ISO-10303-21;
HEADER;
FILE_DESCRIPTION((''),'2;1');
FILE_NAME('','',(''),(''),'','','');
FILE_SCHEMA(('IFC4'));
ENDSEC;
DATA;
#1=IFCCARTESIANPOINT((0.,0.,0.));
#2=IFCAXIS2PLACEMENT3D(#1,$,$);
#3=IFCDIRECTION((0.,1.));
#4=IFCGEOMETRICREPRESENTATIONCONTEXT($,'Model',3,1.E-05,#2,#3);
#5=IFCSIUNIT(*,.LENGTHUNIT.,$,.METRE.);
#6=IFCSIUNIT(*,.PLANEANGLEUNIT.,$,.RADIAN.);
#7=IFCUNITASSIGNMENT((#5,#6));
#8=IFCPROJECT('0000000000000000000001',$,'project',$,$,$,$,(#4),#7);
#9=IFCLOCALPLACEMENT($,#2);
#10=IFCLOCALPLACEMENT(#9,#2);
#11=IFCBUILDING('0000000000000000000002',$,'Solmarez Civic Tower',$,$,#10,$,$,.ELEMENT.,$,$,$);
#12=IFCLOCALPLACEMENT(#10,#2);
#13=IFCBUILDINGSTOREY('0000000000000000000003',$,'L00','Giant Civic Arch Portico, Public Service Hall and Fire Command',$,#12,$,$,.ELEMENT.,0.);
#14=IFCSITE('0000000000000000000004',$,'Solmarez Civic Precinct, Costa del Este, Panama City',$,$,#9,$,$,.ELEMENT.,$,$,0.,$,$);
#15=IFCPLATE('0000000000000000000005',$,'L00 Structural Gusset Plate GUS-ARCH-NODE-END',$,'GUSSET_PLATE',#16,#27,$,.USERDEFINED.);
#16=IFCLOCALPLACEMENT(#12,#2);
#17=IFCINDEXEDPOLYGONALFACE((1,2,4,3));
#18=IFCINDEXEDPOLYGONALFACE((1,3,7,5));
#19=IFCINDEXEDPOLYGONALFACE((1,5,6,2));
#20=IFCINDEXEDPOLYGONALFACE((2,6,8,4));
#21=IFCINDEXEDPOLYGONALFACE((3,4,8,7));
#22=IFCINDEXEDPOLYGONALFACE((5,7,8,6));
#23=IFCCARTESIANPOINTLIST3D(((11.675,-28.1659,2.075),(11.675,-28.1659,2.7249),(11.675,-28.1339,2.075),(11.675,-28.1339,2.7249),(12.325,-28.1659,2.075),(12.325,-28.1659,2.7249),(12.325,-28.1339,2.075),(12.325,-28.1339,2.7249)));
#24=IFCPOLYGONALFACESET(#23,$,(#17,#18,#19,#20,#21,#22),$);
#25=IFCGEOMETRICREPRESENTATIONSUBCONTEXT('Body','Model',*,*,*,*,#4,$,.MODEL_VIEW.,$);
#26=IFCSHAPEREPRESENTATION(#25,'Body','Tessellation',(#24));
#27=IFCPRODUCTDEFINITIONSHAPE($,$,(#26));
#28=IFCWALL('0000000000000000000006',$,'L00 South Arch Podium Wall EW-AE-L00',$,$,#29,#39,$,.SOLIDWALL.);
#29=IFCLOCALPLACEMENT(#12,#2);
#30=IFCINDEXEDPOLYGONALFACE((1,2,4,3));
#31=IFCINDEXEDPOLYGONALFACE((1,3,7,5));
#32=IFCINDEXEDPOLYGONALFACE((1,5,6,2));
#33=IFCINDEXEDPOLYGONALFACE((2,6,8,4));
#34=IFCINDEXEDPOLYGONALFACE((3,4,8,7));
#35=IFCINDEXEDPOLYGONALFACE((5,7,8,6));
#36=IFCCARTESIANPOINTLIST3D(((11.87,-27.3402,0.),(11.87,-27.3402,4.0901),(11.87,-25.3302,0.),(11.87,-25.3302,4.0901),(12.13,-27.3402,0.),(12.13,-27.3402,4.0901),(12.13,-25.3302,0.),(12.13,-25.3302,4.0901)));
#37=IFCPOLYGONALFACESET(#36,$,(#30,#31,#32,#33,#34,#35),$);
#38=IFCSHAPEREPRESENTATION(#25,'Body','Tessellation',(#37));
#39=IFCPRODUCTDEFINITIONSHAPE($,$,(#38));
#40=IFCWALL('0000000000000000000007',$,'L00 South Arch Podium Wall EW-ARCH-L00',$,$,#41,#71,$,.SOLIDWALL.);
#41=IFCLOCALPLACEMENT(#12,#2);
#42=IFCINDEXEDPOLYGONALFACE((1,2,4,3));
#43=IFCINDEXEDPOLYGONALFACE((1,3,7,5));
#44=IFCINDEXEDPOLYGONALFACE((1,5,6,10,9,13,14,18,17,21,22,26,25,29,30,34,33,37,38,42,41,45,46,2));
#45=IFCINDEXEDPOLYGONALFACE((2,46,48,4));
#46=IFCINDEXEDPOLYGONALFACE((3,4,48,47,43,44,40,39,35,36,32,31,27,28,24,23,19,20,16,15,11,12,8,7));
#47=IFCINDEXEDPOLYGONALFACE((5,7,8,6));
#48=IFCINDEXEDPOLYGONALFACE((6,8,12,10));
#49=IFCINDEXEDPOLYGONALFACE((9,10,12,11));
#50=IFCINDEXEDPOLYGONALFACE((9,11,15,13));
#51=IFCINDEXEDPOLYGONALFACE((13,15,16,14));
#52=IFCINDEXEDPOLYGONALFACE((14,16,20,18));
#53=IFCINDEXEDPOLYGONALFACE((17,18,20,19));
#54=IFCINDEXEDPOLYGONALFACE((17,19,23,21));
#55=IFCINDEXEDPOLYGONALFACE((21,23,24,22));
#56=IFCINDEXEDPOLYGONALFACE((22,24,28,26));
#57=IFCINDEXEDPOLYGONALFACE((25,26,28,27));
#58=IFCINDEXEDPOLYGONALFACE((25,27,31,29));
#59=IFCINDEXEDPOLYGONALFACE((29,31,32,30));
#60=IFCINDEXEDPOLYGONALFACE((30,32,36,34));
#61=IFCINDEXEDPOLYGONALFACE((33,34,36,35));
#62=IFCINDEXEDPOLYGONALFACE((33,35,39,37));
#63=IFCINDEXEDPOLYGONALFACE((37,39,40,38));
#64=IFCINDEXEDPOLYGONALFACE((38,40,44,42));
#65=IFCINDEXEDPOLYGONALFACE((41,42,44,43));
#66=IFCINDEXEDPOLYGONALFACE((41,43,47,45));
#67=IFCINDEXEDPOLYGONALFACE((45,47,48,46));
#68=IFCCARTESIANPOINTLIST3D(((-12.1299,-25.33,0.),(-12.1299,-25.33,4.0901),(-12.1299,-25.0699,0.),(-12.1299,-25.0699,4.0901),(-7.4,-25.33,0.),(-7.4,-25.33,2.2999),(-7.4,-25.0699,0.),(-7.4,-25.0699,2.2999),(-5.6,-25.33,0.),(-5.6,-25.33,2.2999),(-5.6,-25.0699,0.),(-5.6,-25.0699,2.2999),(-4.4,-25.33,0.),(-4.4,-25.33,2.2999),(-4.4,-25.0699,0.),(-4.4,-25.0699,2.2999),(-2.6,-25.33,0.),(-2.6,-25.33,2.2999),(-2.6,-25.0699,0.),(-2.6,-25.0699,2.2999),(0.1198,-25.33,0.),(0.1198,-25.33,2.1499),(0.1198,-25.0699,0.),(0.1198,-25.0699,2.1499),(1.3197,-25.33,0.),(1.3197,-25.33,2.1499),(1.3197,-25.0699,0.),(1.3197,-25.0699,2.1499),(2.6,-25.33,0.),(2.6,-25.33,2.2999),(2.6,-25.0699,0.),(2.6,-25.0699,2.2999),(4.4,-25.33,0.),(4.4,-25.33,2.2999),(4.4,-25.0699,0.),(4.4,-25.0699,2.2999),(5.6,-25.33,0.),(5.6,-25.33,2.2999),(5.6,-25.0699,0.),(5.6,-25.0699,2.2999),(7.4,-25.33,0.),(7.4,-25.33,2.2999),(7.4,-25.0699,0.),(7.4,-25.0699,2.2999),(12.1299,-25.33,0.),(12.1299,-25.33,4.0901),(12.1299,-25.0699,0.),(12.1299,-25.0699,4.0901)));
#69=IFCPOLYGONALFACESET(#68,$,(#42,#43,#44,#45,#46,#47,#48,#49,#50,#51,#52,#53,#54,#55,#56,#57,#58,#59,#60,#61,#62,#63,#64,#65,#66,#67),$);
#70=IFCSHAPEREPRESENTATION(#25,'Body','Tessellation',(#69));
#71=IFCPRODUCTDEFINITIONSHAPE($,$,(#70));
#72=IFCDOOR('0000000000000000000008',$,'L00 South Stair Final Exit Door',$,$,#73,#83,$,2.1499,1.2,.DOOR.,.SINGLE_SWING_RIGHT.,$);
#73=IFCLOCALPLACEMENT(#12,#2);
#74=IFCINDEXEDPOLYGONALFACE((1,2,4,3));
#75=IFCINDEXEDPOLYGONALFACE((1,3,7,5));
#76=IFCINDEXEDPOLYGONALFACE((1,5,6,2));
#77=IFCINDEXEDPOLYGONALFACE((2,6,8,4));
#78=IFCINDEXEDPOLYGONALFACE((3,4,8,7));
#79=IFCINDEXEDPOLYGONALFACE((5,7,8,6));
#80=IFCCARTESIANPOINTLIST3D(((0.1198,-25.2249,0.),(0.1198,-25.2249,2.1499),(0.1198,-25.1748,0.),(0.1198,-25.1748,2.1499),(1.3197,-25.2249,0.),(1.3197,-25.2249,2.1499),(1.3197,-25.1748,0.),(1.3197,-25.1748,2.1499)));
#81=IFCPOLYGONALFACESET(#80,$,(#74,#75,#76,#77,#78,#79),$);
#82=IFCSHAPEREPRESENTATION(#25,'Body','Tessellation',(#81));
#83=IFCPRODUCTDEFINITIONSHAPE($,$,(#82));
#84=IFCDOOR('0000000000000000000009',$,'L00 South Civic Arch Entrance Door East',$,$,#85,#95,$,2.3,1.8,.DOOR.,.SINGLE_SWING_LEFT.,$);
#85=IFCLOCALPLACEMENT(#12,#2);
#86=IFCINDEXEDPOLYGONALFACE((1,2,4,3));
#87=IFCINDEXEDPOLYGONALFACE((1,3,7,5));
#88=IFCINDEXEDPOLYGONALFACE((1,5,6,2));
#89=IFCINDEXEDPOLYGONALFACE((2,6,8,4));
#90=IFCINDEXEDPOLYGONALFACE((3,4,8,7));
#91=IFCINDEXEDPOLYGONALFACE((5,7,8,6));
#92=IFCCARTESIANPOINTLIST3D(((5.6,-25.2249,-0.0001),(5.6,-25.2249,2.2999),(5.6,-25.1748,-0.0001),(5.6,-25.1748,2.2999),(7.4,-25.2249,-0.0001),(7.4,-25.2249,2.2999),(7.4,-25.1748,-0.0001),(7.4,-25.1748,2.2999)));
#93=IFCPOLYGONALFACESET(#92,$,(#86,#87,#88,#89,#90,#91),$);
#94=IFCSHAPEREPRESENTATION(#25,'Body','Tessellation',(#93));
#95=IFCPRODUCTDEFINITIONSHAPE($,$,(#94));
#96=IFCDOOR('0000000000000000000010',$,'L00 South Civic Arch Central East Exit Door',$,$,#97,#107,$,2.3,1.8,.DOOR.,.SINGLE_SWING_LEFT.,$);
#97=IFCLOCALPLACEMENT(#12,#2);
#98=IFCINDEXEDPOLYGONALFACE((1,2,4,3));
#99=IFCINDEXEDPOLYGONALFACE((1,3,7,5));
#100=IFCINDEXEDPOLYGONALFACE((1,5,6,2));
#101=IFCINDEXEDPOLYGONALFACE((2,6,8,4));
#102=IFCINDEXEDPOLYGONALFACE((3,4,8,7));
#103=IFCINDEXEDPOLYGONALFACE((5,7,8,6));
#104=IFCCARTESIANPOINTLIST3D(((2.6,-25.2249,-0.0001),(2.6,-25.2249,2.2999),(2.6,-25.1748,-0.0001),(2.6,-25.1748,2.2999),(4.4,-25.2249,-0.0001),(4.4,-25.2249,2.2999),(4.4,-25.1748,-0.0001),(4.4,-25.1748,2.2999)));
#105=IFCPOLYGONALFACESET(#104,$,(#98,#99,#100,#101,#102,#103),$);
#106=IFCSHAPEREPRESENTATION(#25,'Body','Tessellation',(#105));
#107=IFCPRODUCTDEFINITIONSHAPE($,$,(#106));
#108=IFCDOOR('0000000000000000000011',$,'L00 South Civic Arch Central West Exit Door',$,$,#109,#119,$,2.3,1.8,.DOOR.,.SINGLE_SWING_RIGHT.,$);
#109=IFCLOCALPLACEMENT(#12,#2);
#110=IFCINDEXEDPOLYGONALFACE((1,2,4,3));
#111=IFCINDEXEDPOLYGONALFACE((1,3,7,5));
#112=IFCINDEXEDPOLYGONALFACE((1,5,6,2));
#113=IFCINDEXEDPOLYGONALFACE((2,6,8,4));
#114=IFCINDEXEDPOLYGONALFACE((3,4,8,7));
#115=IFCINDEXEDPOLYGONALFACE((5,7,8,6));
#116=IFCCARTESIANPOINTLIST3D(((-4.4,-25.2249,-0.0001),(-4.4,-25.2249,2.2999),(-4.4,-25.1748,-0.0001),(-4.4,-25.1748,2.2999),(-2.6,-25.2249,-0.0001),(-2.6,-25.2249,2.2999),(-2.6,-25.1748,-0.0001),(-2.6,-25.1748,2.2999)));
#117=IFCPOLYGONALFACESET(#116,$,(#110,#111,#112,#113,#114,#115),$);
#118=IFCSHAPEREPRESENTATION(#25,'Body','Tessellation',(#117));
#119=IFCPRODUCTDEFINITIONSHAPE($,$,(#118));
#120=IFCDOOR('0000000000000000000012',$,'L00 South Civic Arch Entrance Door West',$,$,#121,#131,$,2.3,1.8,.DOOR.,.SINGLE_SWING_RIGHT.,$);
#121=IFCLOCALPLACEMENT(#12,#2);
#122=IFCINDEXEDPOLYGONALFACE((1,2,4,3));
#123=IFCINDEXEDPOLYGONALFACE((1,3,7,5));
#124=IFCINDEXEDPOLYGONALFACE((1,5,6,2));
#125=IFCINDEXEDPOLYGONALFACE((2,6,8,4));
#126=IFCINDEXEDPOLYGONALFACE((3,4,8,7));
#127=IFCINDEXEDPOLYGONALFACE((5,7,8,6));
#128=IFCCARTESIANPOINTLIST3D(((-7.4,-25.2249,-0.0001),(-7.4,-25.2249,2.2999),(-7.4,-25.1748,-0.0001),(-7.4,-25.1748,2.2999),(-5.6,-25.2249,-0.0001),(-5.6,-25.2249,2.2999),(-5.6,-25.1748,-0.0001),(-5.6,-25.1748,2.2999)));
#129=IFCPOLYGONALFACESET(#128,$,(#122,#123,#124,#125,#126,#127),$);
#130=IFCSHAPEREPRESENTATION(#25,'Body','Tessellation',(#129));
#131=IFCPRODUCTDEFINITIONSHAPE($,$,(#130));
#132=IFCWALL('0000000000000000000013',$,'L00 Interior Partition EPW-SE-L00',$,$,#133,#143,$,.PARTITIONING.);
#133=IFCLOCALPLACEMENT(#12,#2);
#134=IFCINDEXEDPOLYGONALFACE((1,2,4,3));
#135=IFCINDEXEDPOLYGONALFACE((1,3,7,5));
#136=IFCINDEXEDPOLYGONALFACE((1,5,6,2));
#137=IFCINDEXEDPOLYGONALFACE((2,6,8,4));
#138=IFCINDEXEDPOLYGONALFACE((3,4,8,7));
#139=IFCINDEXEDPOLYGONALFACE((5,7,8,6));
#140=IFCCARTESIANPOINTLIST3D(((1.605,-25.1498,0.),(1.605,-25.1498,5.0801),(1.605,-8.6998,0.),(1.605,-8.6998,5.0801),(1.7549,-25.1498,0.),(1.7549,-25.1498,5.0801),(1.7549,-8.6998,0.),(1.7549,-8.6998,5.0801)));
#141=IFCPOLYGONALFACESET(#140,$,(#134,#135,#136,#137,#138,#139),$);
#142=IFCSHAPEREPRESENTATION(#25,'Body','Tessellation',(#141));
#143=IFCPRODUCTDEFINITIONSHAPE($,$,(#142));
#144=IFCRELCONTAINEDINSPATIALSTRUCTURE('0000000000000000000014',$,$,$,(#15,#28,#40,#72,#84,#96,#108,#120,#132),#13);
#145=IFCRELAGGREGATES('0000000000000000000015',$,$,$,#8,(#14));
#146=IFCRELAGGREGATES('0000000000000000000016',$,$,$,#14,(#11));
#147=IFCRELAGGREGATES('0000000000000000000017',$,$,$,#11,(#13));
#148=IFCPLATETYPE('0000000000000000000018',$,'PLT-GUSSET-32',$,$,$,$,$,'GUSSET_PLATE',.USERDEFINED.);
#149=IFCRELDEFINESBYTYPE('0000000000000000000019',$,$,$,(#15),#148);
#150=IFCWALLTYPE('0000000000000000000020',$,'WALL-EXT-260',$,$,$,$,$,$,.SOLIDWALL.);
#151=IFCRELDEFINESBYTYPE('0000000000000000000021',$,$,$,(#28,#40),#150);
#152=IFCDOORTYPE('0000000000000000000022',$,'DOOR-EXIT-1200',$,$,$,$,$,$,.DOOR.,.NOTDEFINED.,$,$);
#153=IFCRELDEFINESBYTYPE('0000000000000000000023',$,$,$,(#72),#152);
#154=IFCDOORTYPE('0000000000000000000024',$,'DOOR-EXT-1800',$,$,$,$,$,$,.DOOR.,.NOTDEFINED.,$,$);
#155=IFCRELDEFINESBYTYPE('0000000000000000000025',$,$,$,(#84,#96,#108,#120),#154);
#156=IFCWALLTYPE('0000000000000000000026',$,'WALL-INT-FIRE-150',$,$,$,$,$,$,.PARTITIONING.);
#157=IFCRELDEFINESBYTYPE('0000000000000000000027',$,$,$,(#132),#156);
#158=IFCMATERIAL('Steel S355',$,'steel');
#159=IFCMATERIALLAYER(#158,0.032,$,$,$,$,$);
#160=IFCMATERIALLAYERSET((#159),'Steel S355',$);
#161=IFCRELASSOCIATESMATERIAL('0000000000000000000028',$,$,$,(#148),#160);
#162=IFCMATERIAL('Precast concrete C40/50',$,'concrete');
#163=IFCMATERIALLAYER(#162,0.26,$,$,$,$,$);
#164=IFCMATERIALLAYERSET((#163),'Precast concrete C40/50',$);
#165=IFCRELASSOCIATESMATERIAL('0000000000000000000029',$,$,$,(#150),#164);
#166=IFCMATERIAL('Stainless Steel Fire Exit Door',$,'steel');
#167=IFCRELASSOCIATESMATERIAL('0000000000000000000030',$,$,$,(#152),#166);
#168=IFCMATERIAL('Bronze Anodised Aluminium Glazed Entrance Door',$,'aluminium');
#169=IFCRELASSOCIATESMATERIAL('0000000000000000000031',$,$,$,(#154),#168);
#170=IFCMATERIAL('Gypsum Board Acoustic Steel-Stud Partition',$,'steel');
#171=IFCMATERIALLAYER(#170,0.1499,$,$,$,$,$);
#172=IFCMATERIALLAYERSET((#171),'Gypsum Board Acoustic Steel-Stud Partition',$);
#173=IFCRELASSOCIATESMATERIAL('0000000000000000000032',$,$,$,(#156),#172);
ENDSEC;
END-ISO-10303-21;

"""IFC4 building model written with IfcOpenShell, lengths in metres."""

from ifc_helpers import new_model, si_unit, direction, frame, frame_2d, origin, origin_2d, place, context, subcontext, project, spatial, rectangle, extrude, material, layer, layer_set, type_object, element, fill, save


model = new_model("IFC4")

# Units and contexts
model_context = context("Model", 3, precision=1e-05, world=origin(), true_north=direction((0.0, 1.0)))
body_context = subcontext(model_context, "Body", "Model", "MODEL_VIEW")
ifc_project = project(units=[si_unit("LENGTHUNIT", "METRE"), si_unit("PLANEANGLEUNIT", "RADIAN")], contexts=[model_context])

# Site, building, storey
site_placement = place(None, origin())
site = spatial("IfcSite", under=ifc_project, at=site_placement, Name="Solmarez Civic Precinct, Costa del Este, Panama City", CompositionType="ELEMENT", RefElevation=0.0)
building_placement = place(site_placement, origin())
building = spatial("IfcBuilding", under=site, at=building_placement, Name="Solmarez Civic Tower", CompositionType="ELEMENT")
storey_placement = place(building_placement, origin())
storey = spatial("IfcBuildingStorey", under=building, at=storey_placement, Name="L00", Description="Giant Civic Arch Portico, Public Service Hall and Fire Command", CompositionType="ELEMENT", Elevation=0.0)

# Shared definitions
ifc_material_1 = material(Name="Steel S355", Category="steel")

# Plate
ifc_layer_1 = layer(ifc_material_1, 0.032)
ifc_layer_set_1 = layer_set([ifc_layer_1], Name="Steel S355")
plate_type_1 = type_object("IfcPlateType", Name="PLT-GUSSET-32", ElementType="GUSSET_PLATE", PredefinedType="USERDEFINED", material=ifc_layer_set_1)
plate_1_placement = place(storey_placement, frame((12.0, -28.1499, 2.075), z_axis=(0.0, 0.0, 1.0), x_axis=(1.0, 0.0, 0.0)))
element("IfcPlate", 1, at=plate_1_placement, inside=storey, type_object=plate_type_1, Name="L00 Structural Gusset Plate GUS-ARCH-NODE-END", ObjectType="GUSSET_PLATE", PredefinedType="USERDEFINED", context=body_context, shape_type="SweptSolid", body=[
    extrude(rectangle(XDim=0.6499, YDim=0.032, at=origin_2d()), origin(), (0.0, 0.0, 1.0), 0.6499),
])

# Wall
ifc_material_2 = material(Name="Precast concrete C40/50", Category="concrete")
ifc_layer_2 = layer(ifc_material_2, 0.26)
ifc_layer_set_2 = layer_set([ifc_layer_2], Name="Precast concrete C40/50")
wall_type_1 = type_object("IfcWallType", Name="WALL-EXT-260", PredefinedType="SOLIDWALL", material=ifc_layer_set_2)
wall_1_placement = place(storey_placement, frame((12.0, -27.3401, 0.0), z_axis=(0.0, 0.0, 1.0), x_axis=(0.0, 1.0, 0.0)))
element("IfcWall", 2, at=wall_1_placement, inside=storey, type_object=wall_type_1, Name="L00 South Arch Podium Wall EW-AE-L00", PredefinedType="SOLIDWALL", context=body_context, shape_type="SweptSolid", body=[
    extrude(rectangle(XDim=2.01, YDim=0.26, at=frame_2d((1.0049, 0.0))), origin(), (0.0, 0.0, 1.0), 4.0901),
])

# Wall, openings, doors
wall_2_placement = place(storey_placement, frame((12.1299, -25.2, 0.0), z_axis=(0.0, 0.0, 1.0), x_axis=(-1.0, 0.0, 0.0)))
wall_2 = element("IfcWall", 3, at=wall_2_placement, inside=storey, type_object=wall_type_1, Name="L00 South Arch Podium Wall EW-ARCH-L00", PredefinedType="SOLIDWALL", context=body_context, shape_type="SweptSolid", body=[
    extrude(rectangle(XDim=24.2598, YDim=0.26, at=frame_2d((12.1299, 0.0))), origin(), (0.0, 0.0, 1.0), 4.0901),
])
opening_1_placement = place(wall_2_placement, frame((10.8101, 0.0, 0.0)))
opening_1 = element("IfcOpeningElement", 4, at=opening_1_placement, cuts=wall_2, PredefinedType="OPENING", context=body_context, shape_type="SweptSolid", body=[
    extrude(rectangle(XDim=1.2, YDim=2.1499, at=frame_2d((0.6001, 1.075))), frame((0.0, 0.1399, 0.0), z_axis=(0.0, -1.0, 0.0), x_axis=(1.0, 0.0, 0.0)), (0.0, 0.0, 1.0), 0.28),
])
opening_2_placement = place(wall_2_placement, frame((4.73, 0.0, 0.0)))
opening_2 = element("IfcOpeningElement", 5, at=opening_2_placement, cuts=wall_2, PredefinedType="OPENING", context=body_context, shape_type="SweptSolid", body=[
    extrude(rectangle(XDim=1.8, YDim=2.3, at=frame_2d((0.8999, 1.1499))), frame((0.0, 0.1399, 0.0), z_axis=(0.0, -1.0, 0.0), x_axis=(1.0, 0.0, 0.0)), (0.0, 0.0, 1.0), 0.28),
])
opening_3_placement = place(wall_2_placement, frame((7.73, 0.0, 0.0)))
opening_3 = element("IfcOpeningElement", 6, at=opening_3_placement, cuts=wall_2, PredefinedType="OPENING", context=body_context, shape_type="SweptSolid", body=[
    extrude(rectangle(XDim=1.8, YDim=2.3, at=frame_2d((0.8999, 1.1499))), frame((0.0, 0.1399, 0.0), z_axis=(0.0, -1.0, 0.0), x_axis=(1.0, 0.0, 0.0)), (0.0, 0.0, 1.0), 0.28),
])
opening_4_placement = place(wall_2_placement, frame((14.73, 0.0, 0.0)))
opening_4 = element("IfcOpeningElement", 7, at=opening_4_placement, cuts=wall_2, PredefinedType="OPENING", context=body_context, shape_type="SweptSolid", body=[
    extrude(rectangle(XDim=1.8, YDim=2.3, at=frame_2d((0.8999, 1.1499))), frame((0.0, 0.1399, 0.0), z_axis=(0.0, -1.0, 0.0), x_axis=(1.0, 0.0, 0.0)), (0.0, 0.0, 1.0), 0.28),
])
opening_5_placement = place(wall_2_placement, frame((17.73, 0.0, 0.0)))
opening_5 = element("IfcOpeningElement", 8, at=opening_5_placement, cuts=wall_2, PredefinedType="OPENING", context=body_context, shape_type="SweptSolid", body=[
    extrude(rectangle(XDim=1.8, YDim=2.3, at=frame_2d((0.8999, 1.1499))), frame((0.0, 0.1399, 0.0), z_axis=(0.0, -1.0, 0.0), x_axis=(1.0, 0.0, 0.0)), (0.0, 0.0, 1.0), 0.28),
])
ifc_material_3 = material(Name="Stainless Steel Fire Exit Door", Category="steel")
door_type_1 = type_object("IfcDoorType", Name="DOOR-EXIT-1200", OperationType="NOTDEFINED", PredefinedType="DOOR", material=ifc_material_3)
door_1_placement = place(opening_1_placement, origin())
door_1 = element("IfcDoor", 9, at=door_1_placement, inside=storey, type_object=door_type_1, Name="L00 South Stair Final Exit Door", OperationType="SINGLE_SWING_RIGHT", OverallHeight=2.1499, OverallWidth=1.2, PredefinedType="DOOR", context=body_context, shape_type="SweptSolid", body=[
    extrude(rectangle(XDim=1.2, YDim=2.1499, at=frame_2d((0.6001, 1.075))), frame((0.0, 0.0249, 0.0), z_axis=(0.0, -1.0, 0.0), x_axis=(1.0, 0.0, 0.0)), (0.0, 0.0, 1.0), 0.05),
])
fill(opening_1, door_1)
ifc_material_4 = material(Name="Bronze Anodised Aluminium Glazed Entrance Door", Category="aluminium")
door_type_2 = type_object("IfcDoorType", Name="DOOR-EXT-1800", OperationType="NOTDEFINED", PredefinedType="DOOR", material=ifc_material_4)
door_2_placement = place(opening_2_placement, origin())
door_2 = element("IfcDoor", 10, at=door_2_placement, inside=storey, type_object=door_type_2, Name="L00 South Civic Arch Entrance Door East", OperationType="SINGLE_SWING_LEFT", OverallHeight=2.3, OverallWidth=1.8, PredefinedType="DOOR", context=body_context, shape_type="SweptSolid", body=[
    extrude(rectangle(XDim=1.8, YDim=2.3, at=frame_2d((0.8999, 1.1499))), frame((0.0, 0.0249, 0.0), z_axis=(0.0, -1.0, 0.0), x_axis=(1.0, 0.0, 0.0)), (0.0, 0.0, 1.0), 0.05),
])
fill(opening_2, door_2)
door_3_placement = place(opening_3_placement, origin())
door_3 = element("IfcDoor", 11, at=door_3_placement, inside=storey, type_object=door_type_2, Name="L00 South Civic Arch Central East Exit Door", OperationType="SINGLE_SWING_LEFT", OverallHeight=2.3, OverallWidth=1.8, PredefinedType="DOOR", context=body_context, shape_type="SweptSolid", body=[
    extrude(rectangle(XDim=1.8, YDim=2.3, at=frame_2d((0.8999, 1.1499))), frame((0.0, 0.0249, 0.0), z_axis=(0.0, -1.0, 0.0), x_axis=(1.0, 0.0, 0.0)), (0.0, 0.0, 1.0), 0.05),
])
fill(opening_3, door_3)
door_4_placement = place(opening_4_placement, origin())
door_4 = element("IfcDoor", 12, at=door_4_placement, inside=storey, type_object=door_type_2, Name="L00 South Civic Arch Central West Exit Door", OperationType="SINGLE_SWING_RIGHT", OverallHeight=2.3, OverallWidth=1.8, PredefinedType="DOOR", context=body_context, shape_type="SweptSolid", body=[
    extrude(rectangle(XDim=1.8, YDim=2.3, at=frame_2d((0.8999, 1.1499))), frame((0.0, 0.0249, 0.0), z_axis=(0.0, -1.0, 0.0), x_axis=(1.0, 0.0, 0.0)), (0.0, 0.0, 1.0), 0.05),
])
fill(opening_4, door_4)
door_5_placement = place(opening_5_placement, origin())
door_5 = element("IfcDoor", 13, at=door_5_placement, inside=storey, type_object=door_type_2, Name="L00 South Civic Arch Entrance Door West", OperationType="SINGLE_SWING_RIGHT", OverallHeight=2.3, OverallWidth=1.8, PredefinedType="DOOR", context=body_context, shape_type="SweptSolid", body=[
    extrude(rectangle(XDim=1.8, YDim=2.3, at=frame_2d((0.8999, 1.1499))), frame((0.0, 0.0249, 0.0), z_axis=(0.0, -1.0, 0.0), x_axis=(1.0, 0.0, 0.0)), (0.0, 0.0, 1.0), 0.05),
])
fill(opening_5, door_5)

# Wall
ifc_material_5 = material(Name="Gypsum Board Acoustic Steel-Stud Partition", Category="steel")
ifc_layer_3 = layer(ifc_material_5, 0.1499)
ifc_layer_set_3 = layer_set([ifc_layer_3], Name="Gypsum Board Acoustic Steel-Stud Partition")
wall_type_2 = type_object("IfcWallType", Name="WALL-INT-FIRE-150", PredefinedType="PARTITIONING", material=ifc_layer_set_3)
wall_3_placement = place(storey_placement, frame((1.6799, -25.1499, 0.0), z_axis=(0.0, 0.0, 1.0), x_axis=(0.0, 1.0, 0.0)))
element("IfcWall", 14, at=wall_3_placement, inside=storey, type_object=wall_type_2, Name="L00 Interior Partition EPW-SE-L00", PredefinedType="PARTITIONING", context=body_context, shape_type="SweptSolid", body=[
    extrude(rectangle(XDim=16.45, YDim=0.1499, at=frame_2d((8.2251, 0.0))), origin(), (0.0, 0.0, 1.0), 5.0801),
])

save(model, "model.ifc")
